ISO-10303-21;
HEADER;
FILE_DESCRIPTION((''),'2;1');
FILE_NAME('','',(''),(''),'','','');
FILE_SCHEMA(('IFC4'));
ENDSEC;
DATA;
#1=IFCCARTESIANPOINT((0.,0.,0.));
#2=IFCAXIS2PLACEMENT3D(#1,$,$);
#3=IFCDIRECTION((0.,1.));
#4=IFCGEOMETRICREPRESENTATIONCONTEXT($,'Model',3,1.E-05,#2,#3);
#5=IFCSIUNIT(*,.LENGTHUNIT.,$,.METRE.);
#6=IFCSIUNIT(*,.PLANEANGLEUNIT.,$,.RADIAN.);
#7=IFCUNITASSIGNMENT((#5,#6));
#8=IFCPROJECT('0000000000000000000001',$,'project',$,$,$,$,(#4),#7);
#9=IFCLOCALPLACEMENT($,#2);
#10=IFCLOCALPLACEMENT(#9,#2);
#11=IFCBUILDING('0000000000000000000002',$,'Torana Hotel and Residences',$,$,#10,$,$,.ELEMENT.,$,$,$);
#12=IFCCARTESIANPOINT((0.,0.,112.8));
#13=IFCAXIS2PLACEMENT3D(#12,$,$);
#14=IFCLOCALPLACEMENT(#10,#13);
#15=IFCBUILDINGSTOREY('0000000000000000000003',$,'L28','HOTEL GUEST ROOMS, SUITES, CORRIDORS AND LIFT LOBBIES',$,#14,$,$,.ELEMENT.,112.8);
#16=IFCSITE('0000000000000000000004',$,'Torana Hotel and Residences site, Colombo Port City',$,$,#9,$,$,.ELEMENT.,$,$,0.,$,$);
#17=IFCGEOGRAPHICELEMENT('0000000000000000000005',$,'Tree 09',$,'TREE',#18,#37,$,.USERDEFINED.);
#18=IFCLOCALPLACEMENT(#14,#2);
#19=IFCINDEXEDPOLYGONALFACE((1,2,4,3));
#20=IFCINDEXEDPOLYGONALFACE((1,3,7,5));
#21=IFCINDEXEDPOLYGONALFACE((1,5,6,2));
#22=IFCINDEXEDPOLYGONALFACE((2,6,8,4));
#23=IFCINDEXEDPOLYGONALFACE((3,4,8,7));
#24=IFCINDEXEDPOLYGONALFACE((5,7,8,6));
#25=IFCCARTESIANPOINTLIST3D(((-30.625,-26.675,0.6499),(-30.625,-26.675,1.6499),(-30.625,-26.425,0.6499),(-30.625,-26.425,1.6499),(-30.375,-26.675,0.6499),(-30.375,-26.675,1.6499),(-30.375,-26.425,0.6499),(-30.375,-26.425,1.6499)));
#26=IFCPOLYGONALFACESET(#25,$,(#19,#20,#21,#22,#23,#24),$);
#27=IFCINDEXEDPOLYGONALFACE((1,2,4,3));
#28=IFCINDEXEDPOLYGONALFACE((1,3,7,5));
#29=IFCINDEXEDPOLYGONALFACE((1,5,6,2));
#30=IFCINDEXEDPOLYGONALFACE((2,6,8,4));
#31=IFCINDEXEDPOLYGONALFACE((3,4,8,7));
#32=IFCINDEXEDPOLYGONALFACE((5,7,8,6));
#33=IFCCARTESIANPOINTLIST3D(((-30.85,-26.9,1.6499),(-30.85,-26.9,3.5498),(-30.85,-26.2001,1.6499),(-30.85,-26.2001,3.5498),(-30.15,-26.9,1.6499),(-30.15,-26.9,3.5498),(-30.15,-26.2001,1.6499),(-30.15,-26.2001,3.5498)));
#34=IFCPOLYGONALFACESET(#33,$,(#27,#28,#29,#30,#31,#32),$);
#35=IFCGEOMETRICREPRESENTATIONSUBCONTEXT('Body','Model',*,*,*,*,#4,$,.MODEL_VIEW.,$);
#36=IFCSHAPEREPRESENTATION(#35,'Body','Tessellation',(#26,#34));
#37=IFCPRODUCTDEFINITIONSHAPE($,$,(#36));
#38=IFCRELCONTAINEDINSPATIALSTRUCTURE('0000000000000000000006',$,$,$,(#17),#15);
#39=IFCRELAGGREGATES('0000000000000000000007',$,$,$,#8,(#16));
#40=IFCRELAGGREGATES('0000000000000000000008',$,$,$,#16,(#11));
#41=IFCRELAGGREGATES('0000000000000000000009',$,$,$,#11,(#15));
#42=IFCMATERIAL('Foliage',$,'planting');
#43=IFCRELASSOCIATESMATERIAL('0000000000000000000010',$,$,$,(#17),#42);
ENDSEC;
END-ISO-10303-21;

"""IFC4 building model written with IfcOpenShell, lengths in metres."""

from ifc_helpers import new_model, si_unit, direction, frame, origin, origin_2d, place, context, subcontext, project, spatial, rectangle, extrude, material, element, save


model = new_model("IFC4")

# Units and contexts
model_context = context("Model", 3, precision=1e-05, world=origin(), true_north=direction((0.0, 1.0)))
body_context = subcontext(model_context, "Body", "Model", "MODEL_VIEW")
ifc_project = project(units=[si_unit("LENGTHUNIT", "METRE"), si_unit("PLANEANGLEUNIT", "RADIAN")], contexts=[model_context])

# Site, building, storey
site_placement = place(None, origin())
site = spatial("IfcSite", under=ifc_project, at=site_placement, Name="Torana Hotel and Residences site, Colombo Port City", CompositionType="ELEMENT", RefElevation=0.0)
building_placement = place(site_placement, origin())
building = spatial("IfcBuilding", under=site, at=building_placement, Name="Torana Hotel and Residences", CompositionType="ELEMENT")
storey_placement = place(building_placement, frame((0.0, 0.0, 112.8)))
storey = spatial("IfcBuildingStorey", under=building, at=storey_placement, Name="L28", Description="HOTEL GUEST ROOMS, SUITES, CORRIDORS AND LIFT LOBBIES", CompositionType="ELEMENT", Elevation=112.8)

# Geographic element
ifc_material_1 = material(Name="Foliage", Category="planting")
geographic_element_placement = place(storey_placement, frame((-30.5, -26.55, 0.6499), z_axis=(0.0, 0.0, 1.0), x_axis=(1.0, 0.0, 0.0)))
element("IfcGeographicElement", 1, at=geographic_element_placement, inside=storey, material=ifc_material_1, Name="Tree 09", ObjectType="TREE", PredefinedType="USERDEFINED", context=body_context, shape_type="SweptSolid", body=[
    extrude(rectangle(XDim=0.25, YDim=0.25, at=origin_2d()), origin(), (0.0, 0.0, 1.0), 1.0),
    extrude(rectangle(XDim=0.7, YDim=0.7, at=origin_2d()), frame((0.0, 0.0, 1.0)), (0.0, 0.0, 1.0), 1.8999),
])

save(model, "model.ifc")
